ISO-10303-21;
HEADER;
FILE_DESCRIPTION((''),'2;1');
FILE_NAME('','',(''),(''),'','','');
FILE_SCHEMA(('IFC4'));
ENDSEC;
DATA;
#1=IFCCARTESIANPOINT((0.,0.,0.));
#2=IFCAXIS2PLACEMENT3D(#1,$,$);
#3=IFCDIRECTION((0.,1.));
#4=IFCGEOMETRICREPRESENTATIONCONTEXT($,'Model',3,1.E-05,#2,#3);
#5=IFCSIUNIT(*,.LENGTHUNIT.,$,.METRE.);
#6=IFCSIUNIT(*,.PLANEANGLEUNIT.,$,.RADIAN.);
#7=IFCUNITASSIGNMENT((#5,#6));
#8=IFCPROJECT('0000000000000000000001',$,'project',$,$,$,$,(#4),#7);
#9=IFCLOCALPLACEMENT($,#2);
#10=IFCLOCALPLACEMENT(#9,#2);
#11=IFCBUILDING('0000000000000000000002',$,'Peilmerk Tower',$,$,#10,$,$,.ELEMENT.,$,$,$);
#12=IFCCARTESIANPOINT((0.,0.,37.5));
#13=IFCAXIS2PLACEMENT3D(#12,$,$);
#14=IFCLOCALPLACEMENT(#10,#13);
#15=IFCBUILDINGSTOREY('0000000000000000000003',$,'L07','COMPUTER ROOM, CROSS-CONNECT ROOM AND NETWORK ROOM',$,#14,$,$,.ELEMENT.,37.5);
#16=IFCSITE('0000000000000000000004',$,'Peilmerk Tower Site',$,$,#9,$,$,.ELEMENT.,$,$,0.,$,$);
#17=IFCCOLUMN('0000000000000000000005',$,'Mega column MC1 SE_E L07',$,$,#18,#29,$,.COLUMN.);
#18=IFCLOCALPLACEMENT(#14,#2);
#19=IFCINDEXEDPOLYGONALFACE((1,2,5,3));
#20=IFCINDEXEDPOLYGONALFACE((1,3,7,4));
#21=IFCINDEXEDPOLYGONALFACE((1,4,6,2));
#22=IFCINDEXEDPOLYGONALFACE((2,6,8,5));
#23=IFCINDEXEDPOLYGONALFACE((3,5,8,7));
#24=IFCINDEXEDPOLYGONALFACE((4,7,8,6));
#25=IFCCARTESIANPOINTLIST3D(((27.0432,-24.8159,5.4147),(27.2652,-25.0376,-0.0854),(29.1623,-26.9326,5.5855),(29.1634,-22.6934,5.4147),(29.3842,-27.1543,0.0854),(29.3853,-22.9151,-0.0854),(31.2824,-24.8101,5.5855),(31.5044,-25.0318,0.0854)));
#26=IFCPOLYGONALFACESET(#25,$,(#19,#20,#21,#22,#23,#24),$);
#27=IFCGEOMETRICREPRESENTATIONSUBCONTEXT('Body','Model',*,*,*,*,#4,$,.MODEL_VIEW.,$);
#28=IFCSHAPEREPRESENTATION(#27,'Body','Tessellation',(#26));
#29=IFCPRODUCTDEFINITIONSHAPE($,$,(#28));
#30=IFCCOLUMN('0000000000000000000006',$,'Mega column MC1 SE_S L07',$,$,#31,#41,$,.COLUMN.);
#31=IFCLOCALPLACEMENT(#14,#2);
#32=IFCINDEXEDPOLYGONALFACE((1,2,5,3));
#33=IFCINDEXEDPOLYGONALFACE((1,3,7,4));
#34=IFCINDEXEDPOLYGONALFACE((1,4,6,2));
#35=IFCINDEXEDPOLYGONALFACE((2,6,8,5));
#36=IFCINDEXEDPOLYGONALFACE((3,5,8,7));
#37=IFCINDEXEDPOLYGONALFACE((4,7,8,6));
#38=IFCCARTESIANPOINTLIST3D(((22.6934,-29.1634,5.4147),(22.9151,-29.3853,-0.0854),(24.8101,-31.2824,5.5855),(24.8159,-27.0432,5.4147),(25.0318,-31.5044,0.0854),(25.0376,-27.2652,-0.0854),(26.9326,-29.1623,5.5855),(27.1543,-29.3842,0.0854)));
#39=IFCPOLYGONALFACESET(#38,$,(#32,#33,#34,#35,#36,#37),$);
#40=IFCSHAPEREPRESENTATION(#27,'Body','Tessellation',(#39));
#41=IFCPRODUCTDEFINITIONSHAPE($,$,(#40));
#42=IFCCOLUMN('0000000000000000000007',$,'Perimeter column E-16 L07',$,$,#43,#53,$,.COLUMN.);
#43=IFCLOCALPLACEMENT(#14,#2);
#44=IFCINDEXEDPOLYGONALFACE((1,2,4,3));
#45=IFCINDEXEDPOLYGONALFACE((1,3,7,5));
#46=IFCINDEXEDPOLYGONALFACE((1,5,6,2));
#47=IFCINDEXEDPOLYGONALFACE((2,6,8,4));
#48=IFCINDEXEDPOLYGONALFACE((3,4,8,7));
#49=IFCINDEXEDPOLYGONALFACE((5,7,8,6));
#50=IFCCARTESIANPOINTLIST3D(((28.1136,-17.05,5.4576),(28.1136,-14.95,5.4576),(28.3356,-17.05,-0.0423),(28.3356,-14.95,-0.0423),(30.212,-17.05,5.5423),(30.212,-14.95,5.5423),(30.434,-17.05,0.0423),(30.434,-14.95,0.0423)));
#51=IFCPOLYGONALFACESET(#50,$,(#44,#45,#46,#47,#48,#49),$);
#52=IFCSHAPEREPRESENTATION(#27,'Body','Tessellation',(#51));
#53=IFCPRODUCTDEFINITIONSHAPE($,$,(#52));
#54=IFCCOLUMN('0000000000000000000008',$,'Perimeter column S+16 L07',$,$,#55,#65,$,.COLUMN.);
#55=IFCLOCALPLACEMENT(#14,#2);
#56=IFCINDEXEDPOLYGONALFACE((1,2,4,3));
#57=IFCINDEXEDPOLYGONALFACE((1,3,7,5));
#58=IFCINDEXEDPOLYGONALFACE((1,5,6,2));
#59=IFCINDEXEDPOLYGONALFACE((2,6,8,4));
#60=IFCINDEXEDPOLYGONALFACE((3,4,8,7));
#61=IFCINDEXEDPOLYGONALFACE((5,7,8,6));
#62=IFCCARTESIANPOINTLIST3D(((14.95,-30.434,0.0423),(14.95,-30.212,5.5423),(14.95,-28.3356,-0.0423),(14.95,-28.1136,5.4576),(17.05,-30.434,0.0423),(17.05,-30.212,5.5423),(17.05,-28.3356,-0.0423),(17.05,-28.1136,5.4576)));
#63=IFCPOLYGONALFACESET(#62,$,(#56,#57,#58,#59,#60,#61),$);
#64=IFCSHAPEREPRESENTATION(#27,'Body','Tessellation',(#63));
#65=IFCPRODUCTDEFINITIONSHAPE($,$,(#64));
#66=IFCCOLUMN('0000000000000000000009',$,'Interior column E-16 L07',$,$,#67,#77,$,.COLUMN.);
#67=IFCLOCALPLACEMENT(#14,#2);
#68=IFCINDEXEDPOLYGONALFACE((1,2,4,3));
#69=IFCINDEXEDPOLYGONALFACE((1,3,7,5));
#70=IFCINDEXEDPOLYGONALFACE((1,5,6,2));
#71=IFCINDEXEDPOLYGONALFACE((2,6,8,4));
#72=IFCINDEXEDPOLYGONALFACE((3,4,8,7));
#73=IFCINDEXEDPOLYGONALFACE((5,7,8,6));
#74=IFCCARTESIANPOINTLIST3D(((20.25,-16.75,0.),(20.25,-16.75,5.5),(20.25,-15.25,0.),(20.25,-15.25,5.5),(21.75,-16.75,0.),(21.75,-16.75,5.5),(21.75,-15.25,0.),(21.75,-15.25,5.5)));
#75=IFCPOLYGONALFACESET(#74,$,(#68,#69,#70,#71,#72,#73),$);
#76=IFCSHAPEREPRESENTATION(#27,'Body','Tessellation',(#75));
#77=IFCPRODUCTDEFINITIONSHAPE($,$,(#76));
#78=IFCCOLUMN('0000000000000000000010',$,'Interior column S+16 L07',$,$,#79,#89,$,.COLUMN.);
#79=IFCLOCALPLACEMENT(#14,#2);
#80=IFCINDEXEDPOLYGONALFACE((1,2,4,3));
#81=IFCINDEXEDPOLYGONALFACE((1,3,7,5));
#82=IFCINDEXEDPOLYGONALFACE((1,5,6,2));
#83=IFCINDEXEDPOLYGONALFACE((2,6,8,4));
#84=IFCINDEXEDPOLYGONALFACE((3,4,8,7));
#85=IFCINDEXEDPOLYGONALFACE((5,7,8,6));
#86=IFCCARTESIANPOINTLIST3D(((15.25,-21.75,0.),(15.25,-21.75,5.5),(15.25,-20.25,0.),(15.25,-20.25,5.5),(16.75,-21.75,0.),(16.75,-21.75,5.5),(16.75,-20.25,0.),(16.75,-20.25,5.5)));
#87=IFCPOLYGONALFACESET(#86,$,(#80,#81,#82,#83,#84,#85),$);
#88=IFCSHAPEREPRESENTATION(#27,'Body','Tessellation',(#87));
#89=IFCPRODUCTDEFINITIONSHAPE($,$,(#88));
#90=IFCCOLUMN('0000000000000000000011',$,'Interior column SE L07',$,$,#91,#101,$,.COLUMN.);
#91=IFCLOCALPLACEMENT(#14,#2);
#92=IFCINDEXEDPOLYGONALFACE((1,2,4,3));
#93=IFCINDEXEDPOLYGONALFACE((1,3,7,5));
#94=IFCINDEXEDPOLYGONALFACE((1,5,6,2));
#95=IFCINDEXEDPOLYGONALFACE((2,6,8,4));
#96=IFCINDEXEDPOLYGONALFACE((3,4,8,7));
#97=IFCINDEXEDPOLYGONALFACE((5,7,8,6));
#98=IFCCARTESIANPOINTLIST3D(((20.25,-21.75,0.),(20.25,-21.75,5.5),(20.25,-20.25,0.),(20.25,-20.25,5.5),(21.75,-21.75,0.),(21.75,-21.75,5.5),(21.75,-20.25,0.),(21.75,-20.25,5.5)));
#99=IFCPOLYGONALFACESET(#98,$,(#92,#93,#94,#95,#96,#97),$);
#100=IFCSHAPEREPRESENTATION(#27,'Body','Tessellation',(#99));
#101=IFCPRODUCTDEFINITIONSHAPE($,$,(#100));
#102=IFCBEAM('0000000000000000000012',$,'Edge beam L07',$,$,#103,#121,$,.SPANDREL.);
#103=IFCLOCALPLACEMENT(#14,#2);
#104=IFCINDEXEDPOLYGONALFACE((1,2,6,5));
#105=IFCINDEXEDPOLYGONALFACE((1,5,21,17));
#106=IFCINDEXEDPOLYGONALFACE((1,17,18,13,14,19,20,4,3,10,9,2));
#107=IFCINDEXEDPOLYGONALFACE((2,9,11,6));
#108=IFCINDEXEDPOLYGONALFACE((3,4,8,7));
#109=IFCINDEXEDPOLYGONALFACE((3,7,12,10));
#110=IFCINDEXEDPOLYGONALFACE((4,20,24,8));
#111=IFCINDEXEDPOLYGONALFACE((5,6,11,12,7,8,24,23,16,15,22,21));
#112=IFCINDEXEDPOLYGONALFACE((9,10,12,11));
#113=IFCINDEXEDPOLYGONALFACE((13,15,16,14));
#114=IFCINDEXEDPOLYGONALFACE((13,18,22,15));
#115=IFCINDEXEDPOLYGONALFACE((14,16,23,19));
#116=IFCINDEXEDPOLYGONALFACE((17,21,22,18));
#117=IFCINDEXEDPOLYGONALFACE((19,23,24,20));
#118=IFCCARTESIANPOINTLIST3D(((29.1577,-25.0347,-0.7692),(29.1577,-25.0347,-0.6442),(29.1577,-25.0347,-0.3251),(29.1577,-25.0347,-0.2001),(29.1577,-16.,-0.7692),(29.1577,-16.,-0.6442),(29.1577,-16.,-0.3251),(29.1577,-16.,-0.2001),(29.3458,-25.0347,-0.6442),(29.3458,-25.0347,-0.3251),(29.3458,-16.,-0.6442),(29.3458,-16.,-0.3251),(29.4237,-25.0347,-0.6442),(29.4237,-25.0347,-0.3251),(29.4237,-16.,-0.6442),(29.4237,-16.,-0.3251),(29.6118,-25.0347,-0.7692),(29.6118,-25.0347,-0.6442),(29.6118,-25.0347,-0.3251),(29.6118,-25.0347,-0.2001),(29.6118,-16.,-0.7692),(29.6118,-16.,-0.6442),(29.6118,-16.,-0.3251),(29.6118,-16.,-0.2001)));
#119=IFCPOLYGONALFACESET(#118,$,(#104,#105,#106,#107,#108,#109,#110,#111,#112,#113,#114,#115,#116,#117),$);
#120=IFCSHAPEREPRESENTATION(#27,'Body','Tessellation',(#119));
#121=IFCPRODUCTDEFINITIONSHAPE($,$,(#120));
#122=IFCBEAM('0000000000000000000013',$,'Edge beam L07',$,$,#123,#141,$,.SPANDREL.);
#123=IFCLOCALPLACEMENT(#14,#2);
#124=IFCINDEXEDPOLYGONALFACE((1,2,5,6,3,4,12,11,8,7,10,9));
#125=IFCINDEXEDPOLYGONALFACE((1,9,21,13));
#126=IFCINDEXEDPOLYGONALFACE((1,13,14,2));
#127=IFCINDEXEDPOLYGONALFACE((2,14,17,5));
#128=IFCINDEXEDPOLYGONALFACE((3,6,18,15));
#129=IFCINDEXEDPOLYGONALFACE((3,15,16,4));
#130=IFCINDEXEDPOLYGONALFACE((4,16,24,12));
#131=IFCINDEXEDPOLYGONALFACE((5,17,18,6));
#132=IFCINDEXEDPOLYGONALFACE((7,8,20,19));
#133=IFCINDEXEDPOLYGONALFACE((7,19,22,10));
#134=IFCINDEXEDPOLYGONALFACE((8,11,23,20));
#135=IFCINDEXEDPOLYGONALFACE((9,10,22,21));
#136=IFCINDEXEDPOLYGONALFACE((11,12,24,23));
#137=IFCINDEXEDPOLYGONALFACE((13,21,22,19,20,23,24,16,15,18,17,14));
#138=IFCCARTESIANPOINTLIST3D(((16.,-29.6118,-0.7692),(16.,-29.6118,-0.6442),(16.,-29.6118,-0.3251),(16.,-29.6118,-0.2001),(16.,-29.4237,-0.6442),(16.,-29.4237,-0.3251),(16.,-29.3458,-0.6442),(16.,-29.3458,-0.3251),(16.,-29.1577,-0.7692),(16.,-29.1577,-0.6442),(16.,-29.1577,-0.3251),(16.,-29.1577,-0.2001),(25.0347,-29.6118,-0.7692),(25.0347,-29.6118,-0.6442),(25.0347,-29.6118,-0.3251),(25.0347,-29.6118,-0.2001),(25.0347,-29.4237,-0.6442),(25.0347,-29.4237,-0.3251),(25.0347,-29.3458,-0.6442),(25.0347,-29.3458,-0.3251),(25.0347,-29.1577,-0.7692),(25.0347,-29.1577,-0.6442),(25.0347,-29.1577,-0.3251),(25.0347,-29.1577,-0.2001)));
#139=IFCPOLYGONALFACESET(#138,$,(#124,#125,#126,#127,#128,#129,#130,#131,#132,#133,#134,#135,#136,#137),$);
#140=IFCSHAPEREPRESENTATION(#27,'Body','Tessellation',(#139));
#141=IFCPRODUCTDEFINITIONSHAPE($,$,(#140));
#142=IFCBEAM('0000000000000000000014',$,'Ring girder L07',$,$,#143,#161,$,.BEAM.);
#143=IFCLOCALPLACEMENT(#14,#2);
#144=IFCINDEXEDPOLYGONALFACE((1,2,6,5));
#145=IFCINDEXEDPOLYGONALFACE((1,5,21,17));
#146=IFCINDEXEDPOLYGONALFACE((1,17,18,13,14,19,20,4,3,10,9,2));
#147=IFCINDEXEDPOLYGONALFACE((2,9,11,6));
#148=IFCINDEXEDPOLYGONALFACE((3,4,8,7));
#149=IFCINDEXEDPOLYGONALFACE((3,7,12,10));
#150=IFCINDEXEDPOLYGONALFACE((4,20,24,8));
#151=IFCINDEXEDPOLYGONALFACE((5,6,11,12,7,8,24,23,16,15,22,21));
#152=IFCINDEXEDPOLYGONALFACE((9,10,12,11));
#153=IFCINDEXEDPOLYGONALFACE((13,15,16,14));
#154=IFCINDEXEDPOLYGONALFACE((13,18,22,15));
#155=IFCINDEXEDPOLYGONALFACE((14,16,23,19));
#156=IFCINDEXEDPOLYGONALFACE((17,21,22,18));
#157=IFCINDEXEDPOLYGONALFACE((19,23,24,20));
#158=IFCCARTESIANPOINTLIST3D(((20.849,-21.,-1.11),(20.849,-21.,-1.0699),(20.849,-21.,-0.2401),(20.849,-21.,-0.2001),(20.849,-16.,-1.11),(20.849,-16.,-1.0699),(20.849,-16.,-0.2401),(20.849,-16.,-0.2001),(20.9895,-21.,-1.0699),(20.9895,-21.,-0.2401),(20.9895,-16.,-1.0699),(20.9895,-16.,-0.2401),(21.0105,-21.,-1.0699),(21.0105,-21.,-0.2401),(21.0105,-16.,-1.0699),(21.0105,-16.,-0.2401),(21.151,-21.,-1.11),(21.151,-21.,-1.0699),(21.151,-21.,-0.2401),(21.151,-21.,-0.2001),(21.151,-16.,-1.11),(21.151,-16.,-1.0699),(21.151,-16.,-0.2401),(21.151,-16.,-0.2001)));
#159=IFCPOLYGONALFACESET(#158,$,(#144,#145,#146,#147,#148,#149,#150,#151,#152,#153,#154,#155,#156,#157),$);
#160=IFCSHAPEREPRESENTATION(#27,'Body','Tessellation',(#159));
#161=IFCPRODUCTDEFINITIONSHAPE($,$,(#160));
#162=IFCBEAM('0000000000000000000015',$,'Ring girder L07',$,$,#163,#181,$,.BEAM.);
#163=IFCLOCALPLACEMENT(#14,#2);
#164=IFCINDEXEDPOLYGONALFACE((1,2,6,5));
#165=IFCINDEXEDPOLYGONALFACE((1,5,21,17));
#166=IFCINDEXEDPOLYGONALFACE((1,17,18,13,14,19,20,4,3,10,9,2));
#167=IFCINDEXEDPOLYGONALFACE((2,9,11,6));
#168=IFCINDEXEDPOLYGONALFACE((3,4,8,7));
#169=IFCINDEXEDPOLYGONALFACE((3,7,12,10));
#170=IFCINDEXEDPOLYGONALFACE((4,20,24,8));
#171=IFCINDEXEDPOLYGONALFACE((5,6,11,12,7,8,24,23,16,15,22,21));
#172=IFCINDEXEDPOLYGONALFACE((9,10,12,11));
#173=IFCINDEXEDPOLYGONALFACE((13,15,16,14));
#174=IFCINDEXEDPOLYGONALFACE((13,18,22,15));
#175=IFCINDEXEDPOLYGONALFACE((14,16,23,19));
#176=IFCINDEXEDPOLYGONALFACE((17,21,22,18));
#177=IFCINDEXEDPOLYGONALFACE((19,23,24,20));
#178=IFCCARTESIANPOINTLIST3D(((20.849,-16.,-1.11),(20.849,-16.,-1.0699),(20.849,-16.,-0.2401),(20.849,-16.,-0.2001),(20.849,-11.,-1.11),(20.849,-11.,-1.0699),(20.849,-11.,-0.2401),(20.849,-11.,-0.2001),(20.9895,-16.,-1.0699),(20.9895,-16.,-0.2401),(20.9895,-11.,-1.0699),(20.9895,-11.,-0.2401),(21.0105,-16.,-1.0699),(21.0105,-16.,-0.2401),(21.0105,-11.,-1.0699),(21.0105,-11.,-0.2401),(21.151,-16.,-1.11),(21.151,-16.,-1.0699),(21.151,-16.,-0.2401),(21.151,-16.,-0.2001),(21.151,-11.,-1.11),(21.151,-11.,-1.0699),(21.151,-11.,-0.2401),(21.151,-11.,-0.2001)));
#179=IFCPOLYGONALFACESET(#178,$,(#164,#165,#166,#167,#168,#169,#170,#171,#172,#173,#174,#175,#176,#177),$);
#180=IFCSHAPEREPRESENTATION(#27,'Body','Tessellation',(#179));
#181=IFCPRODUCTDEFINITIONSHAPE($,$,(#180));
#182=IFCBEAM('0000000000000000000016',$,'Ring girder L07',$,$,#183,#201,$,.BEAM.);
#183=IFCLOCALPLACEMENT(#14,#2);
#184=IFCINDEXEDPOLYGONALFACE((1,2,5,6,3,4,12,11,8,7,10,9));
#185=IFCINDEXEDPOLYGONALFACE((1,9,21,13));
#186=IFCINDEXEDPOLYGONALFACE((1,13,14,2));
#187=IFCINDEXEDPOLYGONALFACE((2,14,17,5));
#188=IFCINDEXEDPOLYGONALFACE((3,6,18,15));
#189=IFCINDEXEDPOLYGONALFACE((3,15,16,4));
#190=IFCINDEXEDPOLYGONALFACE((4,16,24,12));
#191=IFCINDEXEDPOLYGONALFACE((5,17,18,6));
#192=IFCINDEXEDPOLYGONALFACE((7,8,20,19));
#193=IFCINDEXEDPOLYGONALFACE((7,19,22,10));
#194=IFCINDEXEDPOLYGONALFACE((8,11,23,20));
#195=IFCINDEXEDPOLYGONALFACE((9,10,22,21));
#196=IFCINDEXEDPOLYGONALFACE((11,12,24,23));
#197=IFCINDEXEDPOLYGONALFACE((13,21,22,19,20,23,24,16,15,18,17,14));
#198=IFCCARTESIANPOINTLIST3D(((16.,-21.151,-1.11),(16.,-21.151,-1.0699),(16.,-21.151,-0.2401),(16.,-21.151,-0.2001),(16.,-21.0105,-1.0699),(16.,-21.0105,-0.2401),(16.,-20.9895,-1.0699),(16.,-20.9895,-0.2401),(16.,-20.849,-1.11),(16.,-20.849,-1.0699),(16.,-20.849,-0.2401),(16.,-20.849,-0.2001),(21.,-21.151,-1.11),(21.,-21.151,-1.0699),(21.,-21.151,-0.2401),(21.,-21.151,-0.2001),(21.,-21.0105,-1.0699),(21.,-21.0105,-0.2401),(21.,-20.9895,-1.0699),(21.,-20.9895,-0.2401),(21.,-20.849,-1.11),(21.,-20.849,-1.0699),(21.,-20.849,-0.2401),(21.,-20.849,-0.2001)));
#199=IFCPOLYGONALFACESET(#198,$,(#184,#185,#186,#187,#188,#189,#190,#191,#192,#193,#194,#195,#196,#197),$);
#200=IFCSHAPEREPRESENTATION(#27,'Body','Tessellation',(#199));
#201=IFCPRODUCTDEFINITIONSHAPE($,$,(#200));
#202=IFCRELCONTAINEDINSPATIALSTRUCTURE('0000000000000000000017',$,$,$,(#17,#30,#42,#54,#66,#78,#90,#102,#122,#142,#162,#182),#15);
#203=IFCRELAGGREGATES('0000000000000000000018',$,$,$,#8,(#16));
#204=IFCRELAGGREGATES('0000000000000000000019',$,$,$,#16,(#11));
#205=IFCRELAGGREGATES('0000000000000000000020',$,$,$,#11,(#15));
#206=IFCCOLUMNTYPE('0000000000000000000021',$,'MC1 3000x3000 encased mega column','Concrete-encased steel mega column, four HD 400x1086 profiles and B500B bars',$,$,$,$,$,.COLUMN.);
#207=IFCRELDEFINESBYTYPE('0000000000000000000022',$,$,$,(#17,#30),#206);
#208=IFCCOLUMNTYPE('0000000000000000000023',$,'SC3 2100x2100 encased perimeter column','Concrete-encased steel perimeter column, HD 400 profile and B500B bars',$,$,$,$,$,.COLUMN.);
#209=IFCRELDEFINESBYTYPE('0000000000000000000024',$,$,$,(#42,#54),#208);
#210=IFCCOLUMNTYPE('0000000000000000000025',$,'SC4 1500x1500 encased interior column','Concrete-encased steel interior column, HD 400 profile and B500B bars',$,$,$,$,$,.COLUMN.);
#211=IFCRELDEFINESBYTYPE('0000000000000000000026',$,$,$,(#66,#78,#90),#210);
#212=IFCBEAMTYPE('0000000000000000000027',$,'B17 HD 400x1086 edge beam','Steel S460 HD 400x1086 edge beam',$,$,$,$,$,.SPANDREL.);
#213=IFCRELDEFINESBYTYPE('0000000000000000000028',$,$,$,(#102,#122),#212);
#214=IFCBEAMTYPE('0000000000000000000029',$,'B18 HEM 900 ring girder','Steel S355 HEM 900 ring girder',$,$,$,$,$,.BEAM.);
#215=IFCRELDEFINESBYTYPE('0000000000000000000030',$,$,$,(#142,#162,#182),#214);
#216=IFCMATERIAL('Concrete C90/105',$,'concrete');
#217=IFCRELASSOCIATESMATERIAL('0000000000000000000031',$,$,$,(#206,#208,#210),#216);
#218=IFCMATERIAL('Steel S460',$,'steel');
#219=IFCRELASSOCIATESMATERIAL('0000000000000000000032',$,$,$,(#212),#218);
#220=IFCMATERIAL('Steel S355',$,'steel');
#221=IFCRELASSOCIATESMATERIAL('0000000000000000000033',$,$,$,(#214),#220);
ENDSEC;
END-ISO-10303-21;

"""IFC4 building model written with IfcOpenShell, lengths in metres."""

from ifc_helpers import new_model, si_unit, direction, frame, origin, origin_2d, place, context, subcontext, project, spatial, rectangle, i_section, extrude, material, material_profile, profile_set, type_object, element, save


model = new_model("IFC4")

# Units and contexts
model_context = context("Model", 3, precision=1e-05, world=origin(), true_north=direction((0.0, 1.0)))
body_context = subcontext(model_context, "Body", "Model", "MODEL_VIEW")
ifc_project = project(units=[si_unit("LENGTHUNIT", "METRE"), si_unit("PLANEANGLEUNIT", "RADIAN")], contexts=[model_context])

# Site, building, storey
site_placement = place(None, origin())
site = spatial("IfcSite", under=ifc_project, at=site_placement, Name="Peilmerk Tower Site", CompositionType="ELEMENT", RefElevation=0.0)
building_placement = place(site_placement, origin())
building = spatial("IfcBuilding", under=site, at=building_placement, Name="Peilmerk Tower", CompositionType="ELEMENT")
storey_placement = place(building_placement, frame((0.0, 0.0, 37.5)))
storey = spatial("IfcBuildingStorey", under=building, at=storey_placement, Name="L07", Description="COMPUTER ROOM, CROSS-CONNECT ROOM AND NETWORK ROOM", CompositionType="ELEMENT", Elevation=37.5)

# Columns
ifc_material_1 = material(Name="Concrete C90/105", Category="concrete")
ifc_material_profile_1 = material_profile(ifc_material_1, rectangle(XDim=3.0, YDim=3.0, at=origin_2d()), Name="RC 3000x3000")
ifc_profile_set_1 = profile_set([ifc_material_profile_1], Name="Concrete C90/105")
column_type_1 = type_object("IfcColumnType", Name="MC1 3000x3000 encased mega column", Description="Concrete-encased steel mega column, four HD 400x1086 profiles and B500B bars", PredefinedType="COLUMN", material=ifc_profile_set_1)
for number, where, z_axis, x_axis, name in (
    (1, (29.3848, -25.0347, 0.0), (-0.040284, 0.04024, 0.998378), (-0.706718, -0.707496, 0.0), "Mega column MC1 SE_E L07"),
    (2, (25.0347, -29.3848, 0.0), (-0.04024, 0.040284, 0.998378), (-0.707496, -0.706718, 0.0), "Mega column MC1 SE_S L07"),
):
    element("IfcColumn", number, at=place(storey_placement, frame(where, z_axis=z_axis, x_axis=x_axis)), inside=storey, type_object=column_type_1, Name=name, PredefinedType="COLUMN", context=body_context, shape_type="SweptSolid", body=[
        extrude(rectangle(XDim=3.0, YDim=3.0, at=origin_2d()), origin(), (0.0, 0.0, 1.0), 5.509),
    ])
ifc_material_profile_2 = material_profile(ifc_material_1, rectangle(XDim=2.1001, YDim=2.1001, at=origin_2d()), Name="RC 2100x2100")
ifc_profile_set_2 = profile_set([ifc_material_profile_2], Name="Concrete C90/105")
column_type_2 = type_object("IfcColumnType", Name="SC3 2100x2100 encased perimeter column", Description="Concrete-encased steel perimeter column, HD 400 profile and B500B bars", PredefinedType="COLUMN", material=ifc_profile_set_2)
for number, where, z_axis, x_axis, name in (
    (3, (29.3848, -16.0, 0.0), (-0.040317, 0.0, 0.999187), (0.0, -1.0, 0.0), "Perimeter column E-16 L07"),
    (4, (16.0, -29.3848, 0.0), (0.0, 0.040317, 0.999187), (-1.0, 0.0, 0.0), "Perimeter column S+16 L07"),
):
    element("IfcColumn", number, at=place(storey_placement, frame(where, z_axis=z_axis, x_axis=x_axis)), inside=storey, type_object=column_type_2, Name=name, PredefinedType="COLUMN", context=body_context, shape_type="SweptSolid", body=[
        extrude(rectangle(XDim=2.1001, YDim=2.1001, at=origin_2d()), origin(), (0.0, 0.0, 1.0), 5.5044),
    ])
ifc_material_profile_3 = material_profile(ifc_material_1, rectangle(XDim=1.5, YDim=1.5, at=origin_2d()), Name="RC 1500x1500")
ifc_profile_set_3 = profile_set([ifc_material_profile_3], Name="Concrete C90/105")
column_type_3 = type_object("IfcColumnType", Name="SC4 1500x1500 encased interior column", Description="Concrete-encased steel interior column, HD 400 profile and B500B bars", PredefinedType="COLUMN", material=ifc_profile_set_3)
for number, where, z_axis, x_axis, name in (
    (5, (21.0, -16.0, 0.0), (0.0, 0.0, 1.0), (1.0, 0.0, 0.0), "Interior column E-16 L07"),
    (6, (16.0, -21.0, 0.0), (0.0, 0.0, 1.0), (1.0, 0.0, 0.0), "Interior column S+16 L07"),
    (7, (21.0, -21.0, 0.0), (0.0, 0.0, 1.0), (1.0, 0.0, 0.0), "Interior column SE L07"),
):
    element("IfcColumn", number, at=place(storey_placement, frame(where, z_axis=z_axis, x_axis=x_axis)), inside=storey, type_object=column_type_3, Name=name, PredefinedType="COLUMN", context=body_context, shape_type="SweptSolid", body=[
        extrude(rectangle(XDim=1.5, YDim=1.5, at=origin_2d()), origin(), (0.0, 0.0, 1.0), 5.5),
    ])

# Beams
ifc_material_2 = material(Name="Steel S460", Category="steel")
ifc_material_profile_4 = material_profile(ifc_material_2, i_section(OverallWidth=0.4541, OverallDepth=0.5691, WebThickness=0.0779, FlangeThickness=0.125, at=origin_2d()), Name="HD 400x1086")
ifc_profile_set_4 = profile_set([ifc_material_profile_4], Name="Steel S460")
beam_type_1 = type_object("IfcBeamType", Name="B17 HD 400x1086 edge beam", Description="Steel S460 HD 400x1086 edge beam", PredefinedType="SPANDREL", material=ifc_profile_set_4)
for number, where, z_axis, x_axis, name in (
    (8, (29.3848, -25.0347, -0.4846), (0.0, 1.0, 0.0), (-1.0, 0.0, 0.0), "Edge beam L07"),
    (9, (16.0, -29.3848, -0.4846), (1.0, 0.0, 0.0), (0.0, 1.0, 0.0), "Edge beam L07"),
):
    element("IfcBeam", number, at=place(storey_placement, frame(where, z_axis=z_axis, x_axis=x_axis)), inside=storey, type_object=beam_type_1, Name=name, PredefinedType="SPANDREL", context=body_context, shape_type="SweptSolid", body=[
        extrude(i_section(OverallWidth=0.4541, OverallDepth=0.5691, WebThickness=0.0779, FlangeThickness=0.125, at=origin_2d()), origin(), (0.0, 0.0, 1.0), 9.0347),
    ])
ifc_material_3 = material(Name="Steel S355", Category="steel")
ifc_material_profile_5 = material_profile(ifc_material_3, i_section(OverallWidth=0.302, OverallDepth=0.9099, WebThickness=0.021, FlangeThickness=0.04, at=origin_2d()), Name="HEM 900")
ifc_profile_set_5 = profile_set([ifc_material_profile_5], Name="Steel S355")
beam_type_2 = type_object("IfcBeamType", Name="B18 HEM 900 ring girder", Description="Steel S355 HEM 900 ring girder", PredefinedType="BEAM", material=ifc_profile_set_5)
for number, where, z_axis, x_axis, name in (
    (10, (21.0, -21.0, -0.655), (0.0, 1.0, 0.0), (-1.0, 0.0, 0.0), "Ring girder L07"),
    (11, (21.0, -16.0, -0.655), (0.0, 1.0, 0.0), (-1.0, 0.0, 0.0), "Ring girder L07"),
    (12, (16.0, -21.0, -0.655), (1.0, 0.0, 0.0), (0.0, 1.0, 0.0), "Ring girder L07"),
):
    element("IfcBeam", number, at=place(storey_placement, frame(where, z_axis=z_axis, x_axis=x_axis)), inside=storey, type_object=beam_type_2, Name=name, PredefinedType="BEAM", context=body_context, shape_type="SweptSolid", body=[
        extrude(i_section(OverallWidth=0.302, OverallDepth=0.9099, WebThickness=0.021, FlangeThickness=0.04, at=origin_2d()), origin(), (0.0, 0.0, 1.0), 5.0),
    ])

save(model, "model.ifc")
